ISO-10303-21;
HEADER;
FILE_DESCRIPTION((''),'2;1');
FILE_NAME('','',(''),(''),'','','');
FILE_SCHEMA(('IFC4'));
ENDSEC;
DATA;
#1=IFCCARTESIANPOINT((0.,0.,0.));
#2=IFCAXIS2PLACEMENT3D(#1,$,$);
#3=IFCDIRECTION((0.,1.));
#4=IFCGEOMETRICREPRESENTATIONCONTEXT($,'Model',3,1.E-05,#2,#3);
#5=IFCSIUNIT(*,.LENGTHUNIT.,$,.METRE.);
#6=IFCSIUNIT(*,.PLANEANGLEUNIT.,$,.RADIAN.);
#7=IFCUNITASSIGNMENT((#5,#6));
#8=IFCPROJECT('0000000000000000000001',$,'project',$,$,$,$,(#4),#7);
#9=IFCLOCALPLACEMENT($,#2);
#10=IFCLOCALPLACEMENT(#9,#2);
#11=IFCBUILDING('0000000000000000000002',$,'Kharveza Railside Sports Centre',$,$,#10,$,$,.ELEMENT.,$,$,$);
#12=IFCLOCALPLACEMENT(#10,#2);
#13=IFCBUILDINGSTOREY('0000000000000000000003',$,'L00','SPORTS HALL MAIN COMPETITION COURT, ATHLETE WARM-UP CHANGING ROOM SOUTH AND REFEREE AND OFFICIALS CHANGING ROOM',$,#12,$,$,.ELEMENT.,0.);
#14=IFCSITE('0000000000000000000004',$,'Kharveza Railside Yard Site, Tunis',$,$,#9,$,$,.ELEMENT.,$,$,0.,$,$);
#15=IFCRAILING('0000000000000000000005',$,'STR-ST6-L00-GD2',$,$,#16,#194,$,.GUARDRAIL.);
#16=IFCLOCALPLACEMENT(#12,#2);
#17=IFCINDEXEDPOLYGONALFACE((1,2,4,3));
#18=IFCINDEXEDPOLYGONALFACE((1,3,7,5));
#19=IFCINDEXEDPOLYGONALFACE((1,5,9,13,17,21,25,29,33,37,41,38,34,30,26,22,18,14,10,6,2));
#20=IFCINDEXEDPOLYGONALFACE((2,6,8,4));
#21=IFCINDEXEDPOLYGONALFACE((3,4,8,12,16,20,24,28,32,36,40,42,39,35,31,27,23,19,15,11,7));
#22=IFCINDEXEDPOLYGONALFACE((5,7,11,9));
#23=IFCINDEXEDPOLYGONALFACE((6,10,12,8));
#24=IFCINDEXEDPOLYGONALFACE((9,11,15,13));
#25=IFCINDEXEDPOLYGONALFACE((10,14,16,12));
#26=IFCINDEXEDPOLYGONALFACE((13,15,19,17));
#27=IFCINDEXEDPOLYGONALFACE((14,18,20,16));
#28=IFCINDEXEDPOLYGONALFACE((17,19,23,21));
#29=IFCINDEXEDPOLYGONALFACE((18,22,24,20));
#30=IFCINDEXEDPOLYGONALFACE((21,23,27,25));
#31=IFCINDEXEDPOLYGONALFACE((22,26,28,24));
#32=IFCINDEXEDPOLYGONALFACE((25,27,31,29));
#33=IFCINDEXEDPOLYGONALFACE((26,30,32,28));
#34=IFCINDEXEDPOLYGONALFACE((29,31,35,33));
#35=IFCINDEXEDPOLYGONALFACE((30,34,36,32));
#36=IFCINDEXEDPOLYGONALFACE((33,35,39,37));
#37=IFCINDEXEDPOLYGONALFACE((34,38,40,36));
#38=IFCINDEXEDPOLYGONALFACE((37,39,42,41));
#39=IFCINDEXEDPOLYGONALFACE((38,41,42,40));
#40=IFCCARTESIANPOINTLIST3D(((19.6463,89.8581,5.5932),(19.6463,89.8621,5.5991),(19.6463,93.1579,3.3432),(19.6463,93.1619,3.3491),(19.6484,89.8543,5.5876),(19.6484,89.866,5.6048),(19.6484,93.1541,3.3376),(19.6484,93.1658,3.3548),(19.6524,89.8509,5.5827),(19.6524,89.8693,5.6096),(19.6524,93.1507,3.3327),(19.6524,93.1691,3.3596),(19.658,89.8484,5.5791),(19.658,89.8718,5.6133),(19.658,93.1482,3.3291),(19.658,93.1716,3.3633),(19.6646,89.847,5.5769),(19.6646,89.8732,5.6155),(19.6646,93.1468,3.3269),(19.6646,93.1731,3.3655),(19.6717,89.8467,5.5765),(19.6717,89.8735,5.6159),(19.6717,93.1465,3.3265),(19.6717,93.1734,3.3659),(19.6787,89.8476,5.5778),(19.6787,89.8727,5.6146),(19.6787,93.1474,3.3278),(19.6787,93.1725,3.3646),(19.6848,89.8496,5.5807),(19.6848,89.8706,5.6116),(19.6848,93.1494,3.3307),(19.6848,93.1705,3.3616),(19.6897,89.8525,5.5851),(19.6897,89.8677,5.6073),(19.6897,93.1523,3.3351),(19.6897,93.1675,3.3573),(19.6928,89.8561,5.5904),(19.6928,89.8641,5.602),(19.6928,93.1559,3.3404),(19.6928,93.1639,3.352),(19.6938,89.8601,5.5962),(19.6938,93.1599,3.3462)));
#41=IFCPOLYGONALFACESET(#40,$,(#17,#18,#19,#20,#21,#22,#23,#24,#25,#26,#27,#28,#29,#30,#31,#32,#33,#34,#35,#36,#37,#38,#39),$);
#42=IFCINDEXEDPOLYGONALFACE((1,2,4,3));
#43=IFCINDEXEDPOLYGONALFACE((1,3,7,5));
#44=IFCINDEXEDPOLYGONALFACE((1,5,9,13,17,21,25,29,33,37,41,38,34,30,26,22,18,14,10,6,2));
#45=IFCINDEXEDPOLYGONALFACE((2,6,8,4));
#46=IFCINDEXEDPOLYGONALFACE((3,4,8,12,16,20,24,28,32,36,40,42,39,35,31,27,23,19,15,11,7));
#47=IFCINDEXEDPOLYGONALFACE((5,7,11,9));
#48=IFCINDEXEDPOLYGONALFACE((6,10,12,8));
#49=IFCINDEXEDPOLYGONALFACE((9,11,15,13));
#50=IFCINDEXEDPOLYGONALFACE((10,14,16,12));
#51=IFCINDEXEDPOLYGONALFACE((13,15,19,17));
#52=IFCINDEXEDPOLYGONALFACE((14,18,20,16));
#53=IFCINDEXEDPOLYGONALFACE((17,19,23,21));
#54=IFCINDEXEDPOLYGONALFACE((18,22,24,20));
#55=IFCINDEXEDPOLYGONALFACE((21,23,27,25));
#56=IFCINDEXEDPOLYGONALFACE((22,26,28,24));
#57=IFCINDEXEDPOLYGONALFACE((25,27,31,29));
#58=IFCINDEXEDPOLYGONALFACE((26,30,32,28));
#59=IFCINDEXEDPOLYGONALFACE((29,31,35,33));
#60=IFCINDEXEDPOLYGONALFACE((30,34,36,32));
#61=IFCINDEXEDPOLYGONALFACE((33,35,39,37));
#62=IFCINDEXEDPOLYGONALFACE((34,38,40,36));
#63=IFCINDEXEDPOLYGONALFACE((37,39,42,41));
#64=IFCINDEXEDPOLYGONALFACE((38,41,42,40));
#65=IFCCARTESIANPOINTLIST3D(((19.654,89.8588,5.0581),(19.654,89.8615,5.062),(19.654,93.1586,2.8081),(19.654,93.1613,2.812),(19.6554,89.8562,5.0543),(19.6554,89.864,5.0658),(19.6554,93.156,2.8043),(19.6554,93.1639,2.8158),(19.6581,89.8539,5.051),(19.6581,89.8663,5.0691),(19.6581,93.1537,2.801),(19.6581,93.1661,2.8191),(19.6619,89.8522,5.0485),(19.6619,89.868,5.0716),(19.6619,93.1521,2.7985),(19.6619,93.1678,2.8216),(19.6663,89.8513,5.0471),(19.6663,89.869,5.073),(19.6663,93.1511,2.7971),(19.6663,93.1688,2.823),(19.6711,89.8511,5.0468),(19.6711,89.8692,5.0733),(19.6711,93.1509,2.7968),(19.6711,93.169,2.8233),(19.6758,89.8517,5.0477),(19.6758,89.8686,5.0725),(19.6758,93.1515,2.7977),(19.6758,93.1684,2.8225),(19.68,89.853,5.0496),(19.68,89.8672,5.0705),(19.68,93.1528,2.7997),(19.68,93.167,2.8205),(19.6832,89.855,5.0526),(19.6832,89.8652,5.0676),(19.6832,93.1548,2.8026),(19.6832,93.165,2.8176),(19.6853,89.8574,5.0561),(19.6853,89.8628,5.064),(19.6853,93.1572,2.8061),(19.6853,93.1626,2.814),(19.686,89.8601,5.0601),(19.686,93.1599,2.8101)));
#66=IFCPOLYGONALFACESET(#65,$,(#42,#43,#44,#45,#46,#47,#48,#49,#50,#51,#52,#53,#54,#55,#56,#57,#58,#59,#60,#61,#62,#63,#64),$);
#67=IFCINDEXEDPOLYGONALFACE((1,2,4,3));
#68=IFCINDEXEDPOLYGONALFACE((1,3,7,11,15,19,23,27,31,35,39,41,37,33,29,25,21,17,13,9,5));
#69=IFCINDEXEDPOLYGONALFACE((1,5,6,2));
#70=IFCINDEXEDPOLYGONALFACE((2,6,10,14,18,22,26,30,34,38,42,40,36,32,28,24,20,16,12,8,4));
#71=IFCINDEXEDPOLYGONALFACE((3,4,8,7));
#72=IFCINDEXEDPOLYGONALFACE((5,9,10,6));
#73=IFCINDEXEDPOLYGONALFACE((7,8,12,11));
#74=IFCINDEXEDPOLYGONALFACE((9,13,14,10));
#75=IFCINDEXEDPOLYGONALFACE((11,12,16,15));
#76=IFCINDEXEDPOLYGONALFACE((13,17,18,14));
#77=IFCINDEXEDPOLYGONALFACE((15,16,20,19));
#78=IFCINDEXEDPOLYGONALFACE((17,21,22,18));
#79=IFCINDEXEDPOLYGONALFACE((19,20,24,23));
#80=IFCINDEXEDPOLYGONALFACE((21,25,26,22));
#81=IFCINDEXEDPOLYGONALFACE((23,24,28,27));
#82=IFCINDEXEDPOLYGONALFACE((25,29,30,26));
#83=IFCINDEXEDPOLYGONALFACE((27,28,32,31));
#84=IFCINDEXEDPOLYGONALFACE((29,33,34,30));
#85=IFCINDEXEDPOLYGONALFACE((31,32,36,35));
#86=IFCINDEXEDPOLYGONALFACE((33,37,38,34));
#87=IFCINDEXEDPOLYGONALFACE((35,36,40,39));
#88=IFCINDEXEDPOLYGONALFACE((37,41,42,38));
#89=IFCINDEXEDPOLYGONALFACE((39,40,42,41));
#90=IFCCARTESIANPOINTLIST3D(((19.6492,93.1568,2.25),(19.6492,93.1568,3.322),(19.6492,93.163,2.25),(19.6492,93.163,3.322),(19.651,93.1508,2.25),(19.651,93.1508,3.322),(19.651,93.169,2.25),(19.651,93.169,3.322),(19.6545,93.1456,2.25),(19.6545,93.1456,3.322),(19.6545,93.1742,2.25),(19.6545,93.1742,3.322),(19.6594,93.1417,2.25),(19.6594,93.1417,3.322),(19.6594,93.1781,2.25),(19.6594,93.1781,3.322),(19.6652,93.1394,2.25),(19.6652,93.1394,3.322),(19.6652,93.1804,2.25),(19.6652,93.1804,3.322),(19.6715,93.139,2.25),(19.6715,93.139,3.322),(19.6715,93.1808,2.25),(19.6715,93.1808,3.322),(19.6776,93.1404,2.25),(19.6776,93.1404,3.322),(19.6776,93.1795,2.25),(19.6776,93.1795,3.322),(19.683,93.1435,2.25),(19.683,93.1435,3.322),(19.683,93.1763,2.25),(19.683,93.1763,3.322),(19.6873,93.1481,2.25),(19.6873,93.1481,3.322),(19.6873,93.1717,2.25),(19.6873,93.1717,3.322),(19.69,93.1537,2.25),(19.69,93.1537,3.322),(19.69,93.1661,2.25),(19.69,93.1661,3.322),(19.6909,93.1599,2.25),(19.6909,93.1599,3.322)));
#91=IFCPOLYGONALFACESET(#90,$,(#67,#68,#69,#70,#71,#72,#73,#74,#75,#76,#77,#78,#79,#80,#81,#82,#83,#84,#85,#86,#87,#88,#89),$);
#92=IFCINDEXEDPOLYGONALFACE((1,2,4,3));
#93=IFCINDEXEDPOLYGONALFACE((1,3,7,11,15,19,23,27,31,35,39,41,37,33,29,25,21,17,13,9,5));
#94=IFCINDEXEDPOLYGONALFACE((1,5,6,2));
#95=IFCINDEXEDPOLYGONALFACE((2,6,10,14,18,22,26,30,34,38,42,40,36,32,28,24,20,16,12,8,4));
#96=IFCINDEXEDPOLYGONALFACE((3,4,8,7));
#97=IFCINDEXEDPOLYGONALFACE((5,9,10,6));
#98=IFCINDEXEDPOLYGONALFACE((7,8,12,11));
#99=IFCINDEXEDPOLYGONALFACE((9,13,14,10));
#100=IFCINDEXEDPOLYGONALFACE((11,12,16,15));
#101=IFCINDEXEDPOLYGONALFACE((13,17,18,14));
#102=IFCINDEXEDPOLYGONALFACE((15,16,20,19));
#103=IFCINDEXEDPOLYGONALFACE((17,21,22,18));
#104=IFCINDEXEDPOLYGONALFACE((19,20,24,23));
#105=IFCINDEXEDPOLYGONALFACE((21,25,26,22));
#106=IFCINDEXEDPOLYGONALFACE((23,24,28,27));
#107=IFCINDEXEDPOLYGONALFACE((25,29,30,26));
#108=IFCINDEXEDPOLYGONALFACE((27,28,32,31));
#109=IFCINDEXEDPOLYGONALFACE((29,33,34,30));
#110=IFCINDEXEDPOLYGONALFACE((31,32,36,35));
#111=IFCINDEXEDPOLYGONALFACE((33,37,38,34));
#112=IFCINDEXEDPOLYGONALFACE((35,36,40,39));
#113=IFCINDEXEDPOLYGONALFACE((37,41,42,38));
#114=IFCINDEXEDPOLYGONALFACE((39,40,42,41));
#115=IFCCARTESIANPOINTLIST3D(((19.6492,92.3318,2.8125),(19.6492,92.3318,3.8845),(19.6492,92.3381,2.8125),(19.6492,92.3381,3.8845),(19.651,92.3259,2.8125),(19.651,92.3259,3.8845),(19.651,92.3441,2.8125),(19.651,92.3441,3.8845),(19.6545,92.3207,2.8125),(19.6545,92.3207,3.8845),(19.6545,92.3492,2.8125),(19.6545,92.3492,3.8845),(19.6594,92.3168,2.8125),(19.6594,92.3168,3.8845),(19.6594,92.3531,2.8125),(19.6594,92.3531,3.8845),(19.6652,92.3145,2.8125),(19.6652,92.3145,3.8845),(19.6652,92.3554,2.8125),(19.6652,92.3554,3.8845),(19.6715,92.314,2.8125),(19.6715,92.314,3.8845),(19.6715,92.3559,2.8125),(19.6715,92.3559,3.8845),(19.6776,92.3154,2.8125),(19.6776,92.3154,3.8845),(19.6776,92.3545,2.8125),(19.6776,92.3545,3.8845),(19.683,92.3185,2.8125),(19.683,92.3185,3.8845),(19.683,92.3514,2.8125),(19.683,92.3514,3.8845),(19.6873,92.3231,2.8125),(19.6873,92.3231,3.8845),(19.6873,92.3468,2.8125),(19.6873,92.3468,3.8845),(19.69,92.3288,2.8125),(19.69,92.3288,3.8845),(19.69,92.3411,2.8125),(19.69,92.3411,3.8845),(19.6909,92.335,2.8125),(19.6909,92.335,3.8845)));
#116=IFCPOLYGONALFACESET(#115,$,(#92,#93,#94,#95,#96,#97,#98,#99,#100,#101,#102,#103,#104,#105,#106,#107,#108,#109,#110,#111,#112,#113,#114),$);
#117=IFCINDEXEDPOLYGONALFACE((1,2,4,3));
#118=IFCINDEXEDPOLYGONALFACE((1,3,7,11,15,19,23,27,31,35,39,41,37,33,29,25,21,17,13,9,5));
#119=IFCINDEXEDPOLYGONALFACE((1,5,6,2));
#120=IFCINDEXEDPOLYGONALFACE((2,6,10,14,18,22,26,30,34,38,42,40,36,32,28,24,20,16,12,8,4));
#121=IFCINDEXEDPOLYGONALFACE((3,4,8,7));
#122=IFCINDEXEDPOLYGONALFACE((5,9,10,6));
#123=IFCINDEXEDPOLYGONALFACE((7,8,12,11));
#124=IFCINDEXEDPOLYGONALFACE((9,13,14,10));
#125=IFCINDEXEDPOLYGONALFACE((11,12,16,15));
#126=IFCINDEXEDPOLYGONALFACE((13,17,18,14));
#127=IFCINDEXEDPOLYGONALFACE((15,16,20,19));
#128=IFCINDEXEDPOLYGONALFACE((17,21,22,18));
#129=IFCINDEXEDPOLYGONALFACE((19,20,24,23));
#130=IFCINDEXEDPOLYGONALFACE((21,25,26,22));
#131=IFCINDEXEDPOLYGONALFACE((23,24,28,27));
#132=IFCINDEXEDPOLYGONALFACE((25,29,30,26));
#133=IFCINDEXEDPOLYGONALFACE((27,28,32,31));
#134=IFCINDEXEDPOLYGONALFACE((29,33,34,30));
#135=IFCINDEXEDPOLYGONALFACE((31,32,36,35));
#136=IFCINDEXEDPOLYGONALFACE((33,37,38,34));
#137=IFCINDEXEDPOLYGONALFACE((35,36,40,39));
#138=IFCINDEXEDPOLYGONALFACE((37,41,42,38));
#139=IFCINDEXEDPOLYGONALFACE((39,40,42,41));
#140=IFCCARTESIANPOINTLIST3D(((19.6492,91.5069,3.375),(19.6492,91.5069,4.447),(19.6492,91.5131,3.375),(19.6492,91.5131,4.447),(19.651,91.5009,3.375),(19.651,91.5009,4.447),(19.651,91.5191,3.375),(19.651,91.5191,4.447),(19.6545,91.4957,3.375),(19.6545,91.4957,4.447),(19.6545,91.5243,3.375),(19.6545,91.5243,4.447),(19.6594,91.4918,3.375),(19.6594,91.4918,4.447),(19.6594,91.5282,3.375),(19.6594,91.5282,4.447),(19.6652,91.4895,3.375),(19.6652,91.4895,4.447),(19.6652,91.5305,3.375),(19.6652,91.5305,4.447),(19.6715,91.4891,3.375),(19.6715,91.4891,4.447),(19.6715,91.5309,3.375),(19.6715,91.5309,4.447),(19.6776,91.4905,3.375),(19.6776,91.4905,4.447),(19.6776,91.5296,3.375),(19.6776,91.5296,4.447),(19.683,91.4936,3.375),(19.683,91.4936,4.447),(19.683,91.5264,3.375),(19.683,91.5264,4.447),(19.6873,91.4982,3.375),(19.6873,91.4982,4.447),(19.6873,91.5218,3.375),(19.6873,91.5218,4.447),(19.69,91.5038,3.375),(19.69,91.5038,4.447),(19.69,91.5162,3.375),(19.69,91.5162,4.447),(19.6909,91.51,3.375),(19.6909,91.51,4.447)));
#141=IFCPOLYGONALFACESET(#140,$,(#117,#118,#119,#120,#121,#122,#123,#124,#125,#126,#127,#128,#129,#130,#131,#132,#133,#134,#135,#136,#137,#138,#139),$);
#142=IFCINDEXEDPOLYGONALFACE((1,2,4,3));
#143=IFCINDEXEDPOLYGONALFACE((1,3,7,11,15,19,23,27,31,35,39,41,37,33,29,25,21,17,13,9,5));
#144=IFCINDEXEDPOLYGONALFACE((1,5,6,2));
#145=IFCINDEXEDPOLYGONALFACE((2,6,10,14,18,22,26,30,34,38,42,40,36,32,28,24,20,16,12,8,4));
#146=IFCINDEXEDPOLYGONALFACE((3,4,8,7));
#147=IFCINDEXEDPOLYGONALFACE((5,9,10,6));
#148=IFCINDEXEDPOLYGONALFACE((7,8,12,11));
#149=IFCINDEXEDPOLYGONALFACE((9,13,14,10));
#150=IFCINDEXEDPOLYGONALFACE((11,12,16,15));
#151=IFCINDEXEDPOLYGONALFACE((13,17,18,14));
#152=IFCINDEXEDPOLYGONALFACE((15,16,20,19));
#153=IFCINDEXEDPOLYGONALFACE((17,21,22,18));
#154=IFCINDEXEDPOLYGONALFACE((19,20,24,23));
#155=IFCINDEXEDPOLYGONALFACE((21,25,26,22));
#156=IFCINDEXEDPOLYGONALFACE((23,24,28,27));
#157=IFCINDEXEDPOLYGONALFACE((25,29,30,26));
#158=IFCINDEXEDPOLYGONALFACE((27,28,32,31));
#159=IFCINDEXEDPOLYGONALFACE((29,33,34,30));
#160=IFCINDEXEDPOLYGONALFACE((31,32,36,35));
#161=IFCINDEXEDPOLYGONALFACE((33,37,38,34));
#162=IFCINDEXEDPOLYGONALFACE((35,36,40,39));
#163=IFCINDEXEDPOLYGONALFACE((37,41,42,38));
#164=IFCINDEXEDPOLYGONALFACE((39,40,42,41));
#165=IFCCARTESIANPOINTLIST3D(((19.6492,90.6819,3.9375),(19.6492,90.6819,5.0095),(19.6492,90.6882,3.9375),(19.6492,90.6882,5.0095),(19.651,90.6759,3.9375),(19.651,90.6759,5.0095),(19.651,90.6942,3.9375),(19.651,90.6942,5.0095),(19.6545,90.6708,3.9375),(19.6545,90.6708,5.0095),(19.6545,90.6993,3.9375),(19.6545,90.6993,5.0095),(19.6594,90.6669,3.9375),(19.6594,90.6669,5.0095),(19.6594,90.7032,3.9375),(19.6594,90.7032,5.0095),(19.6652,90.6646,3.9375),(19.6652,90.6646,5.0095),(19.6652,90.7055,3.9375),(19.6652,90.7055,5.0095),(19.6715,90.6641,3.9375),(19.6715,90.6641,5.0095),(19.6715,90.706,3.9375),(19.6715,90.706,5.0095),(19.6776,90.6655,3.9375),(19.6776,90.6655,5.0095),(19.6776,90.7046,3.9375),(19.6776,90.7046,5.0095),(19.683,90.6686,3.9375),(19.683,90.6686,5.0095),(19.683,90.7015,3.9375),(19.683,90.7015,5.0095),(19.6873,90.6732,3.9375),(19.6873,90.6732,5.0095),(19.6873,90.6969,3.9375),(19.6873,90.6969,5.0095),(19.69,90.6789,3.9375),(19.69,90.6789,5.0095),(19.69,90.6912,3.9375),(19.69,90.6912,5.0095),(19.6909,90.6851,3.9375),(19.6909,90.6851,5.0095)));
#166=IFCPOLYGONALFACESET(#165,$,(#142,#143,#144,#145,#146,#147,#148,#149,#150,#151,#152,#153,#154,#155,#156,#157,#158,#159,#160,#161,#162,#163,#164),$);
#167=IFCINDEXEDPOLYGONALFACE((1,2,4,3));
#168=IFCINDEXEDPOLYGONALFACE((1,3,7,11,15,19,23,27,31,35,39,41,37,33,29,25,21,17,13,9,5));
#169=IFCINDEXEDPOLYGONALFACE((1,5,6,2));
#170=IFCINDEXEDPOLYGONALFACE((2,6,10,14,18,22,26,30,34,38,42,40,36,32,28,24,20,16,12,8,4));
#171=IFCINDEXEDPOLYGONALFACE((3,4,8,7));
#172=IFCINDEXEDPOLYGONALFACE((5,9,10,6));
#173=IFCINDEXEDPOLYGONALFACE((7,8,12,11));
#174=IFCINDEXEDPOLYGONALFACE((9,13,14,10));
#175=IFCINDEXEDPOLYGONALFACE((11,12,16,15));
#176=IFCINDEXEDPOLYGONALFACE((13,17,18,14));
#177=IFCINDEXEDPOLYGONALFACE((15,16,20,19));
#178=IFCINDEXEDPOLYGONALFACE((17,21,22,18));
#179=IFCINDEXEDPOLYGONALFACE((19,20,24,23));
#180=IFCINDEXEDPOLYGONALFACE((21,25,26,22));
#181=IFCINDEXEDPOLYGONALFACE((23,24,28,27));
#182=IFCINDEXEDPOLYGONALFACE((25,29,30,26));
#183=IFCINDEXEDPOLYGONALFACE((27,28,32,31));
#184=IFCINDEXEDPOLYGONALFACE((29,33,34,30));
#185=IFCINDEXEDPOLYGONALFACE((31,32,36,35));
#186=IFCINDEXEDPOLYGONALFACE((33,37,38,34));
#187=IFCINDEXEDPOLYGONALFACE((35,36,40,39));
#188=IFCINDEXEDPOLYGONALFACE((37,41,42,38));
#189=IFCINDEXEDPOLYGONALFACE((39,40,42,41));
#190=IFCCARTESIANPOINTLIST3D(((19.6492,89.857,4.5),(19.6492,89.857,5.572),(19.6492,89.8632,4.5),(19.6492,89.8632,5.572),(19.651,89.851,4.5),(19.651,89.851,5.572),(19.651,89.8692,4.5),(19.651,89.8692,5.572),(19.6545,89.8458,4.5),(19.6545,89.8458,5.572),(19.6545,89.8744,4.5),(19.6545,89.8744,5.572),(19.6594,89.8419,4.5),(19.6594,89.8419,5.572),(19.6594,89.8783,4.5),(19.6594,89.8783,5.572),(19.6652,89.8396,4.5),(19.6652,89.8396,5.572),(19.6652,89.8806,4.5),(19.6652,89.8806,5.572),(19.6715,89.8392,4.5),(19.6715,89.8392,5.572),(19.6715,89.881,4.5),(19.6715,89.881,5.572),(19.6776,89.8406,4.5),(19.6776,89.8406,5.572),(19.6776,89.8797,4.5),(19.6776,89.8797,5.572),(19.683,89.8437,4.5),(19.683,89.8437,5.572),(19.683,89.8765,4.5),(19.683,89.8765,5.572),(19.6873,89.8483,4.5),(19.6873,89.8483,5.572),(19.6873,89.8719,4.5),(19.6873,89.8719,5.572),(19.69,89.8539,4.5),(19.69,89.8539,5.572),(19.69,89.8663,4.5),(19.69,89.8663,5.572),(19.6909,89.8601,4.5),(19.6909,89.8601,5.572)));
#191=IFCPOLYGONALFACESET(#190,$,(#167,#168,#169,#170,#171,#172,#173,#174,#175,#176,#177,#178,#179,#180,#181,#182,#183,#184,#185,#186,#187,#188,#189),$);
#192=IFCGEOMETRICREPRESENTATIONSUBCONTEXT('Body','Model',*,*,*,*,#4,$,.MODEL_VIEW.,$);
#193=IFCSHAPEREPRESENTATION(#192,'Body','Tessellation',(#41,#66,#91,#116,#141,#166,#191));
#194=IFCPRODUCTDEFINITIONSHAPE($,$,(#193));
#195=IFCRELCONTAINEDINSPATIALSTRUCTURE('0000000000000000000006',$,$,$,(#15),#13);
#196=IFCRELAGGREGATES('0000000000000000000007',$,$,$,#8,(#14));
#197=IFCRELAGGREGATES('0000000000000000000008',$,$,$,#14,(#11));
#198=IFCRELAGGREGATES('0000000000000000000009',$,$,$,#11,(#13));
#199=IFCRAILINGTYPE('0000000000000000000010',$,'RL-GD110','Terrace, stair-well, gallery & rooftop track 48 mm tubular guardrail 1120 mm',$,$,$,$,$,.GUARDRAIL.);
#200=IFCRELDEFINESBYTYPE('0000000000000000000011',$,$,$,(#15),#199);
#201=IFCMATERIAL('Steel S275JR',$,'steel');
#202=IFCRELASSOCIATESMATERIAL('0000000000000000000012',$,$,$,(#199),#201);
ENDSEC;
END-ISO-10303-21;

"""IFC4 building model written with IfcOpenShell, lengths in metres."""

from ifc_helpers import new_model, si_unit, direction, frame, origin, origin_2d, place, context, subcontext, project, spatial, circle, extrude, material, type_object, element, save


model = new_model("IFC4")

# Units and contexts
model_context = context("Model", 3, precision=1e-05, world=origin(), true_north=direction((0.0, 1.0)))
body_context = subcontext(model_context, "Body", "Model", "MODEL_VIEW")
ifc_project = project(units=[si_unit("LENGTHUNIT", "METRE"), si_unit("PLANEANGLEUNIT", "RADIAN")], contexts=[model_context])

# Site, building, storey
site_placement = place(None, origin())
site = spatial("IfcSite", under=ifc_project, at=site_placement, Name="Kharveza Railside Yard Site, Tunis", CompositionType="ELEMENT", RefElevation=0.0)
building_placement = place(site_placement, origin())
building = spatial("IfcBuilding", under=site, at=building_placement, Name="Kharveza Railside Sports Centre", CompositionType="ELEMENT")
storey_placement = place(building_placement, origin())
storey = spatial("IfcBuildingStorey", under=building, at=storey_placement, Name="L00", Description="SPORTS HALL MAIN COMPETITION COURT, ATHLETE WARM-UP CHANGING ROOM SOUTH AND REFEREE AND OFFICIALS CHANGING ROOM", CompositionType="ELEMENT", Elevation=0.0)

# Railing
ifc_material_1 = material(Name="Steel S275JR", Category="steel")
railing_type_1 = type_object("IfcRailingType", Name="RL-GD110", Description="Terrace, stair-well, gallery & rooftop track 48 mm tubular guardrail 1120 mm", PredefinedType="GUARDRAIL", material=ifc_material_1)
railing_1_placement = place(storey_placement, frame((19.6699, 93.1599, 2.25)))
element("IfcRailing", 1, at=railing_1_placement, inside=storey, type_object=railing_type_1, Name="STR-ST6-L00-GD2", PredefinedType="GUARDRAIL", context=body_context, shape_type="SweptSolid", body=[
    extrude(circle(Radius=0.0239, at=origin_2d()), frame((0.0, 0.0, 1.0962), z_axis=(0.0, -0.826212, 0.56336), x_axis=(1.0, 0.0, 0.0)), (0.0, 0.0, 1.0), 3.9939),
    extrude(circle(Radius=0.0161, at=origin_2d()), frame((0.0, 0.0, 0.5601), z_axis=(0.0, -0.826212, 0.56336), x_axis=(1.0, 0.0, 0.0)), (0.0, 0.0, 1.0), 3.9939),
    extrude(circle(Radius=0.021, at=origin_2d()), origin(), (0.0, 0.0, 1.0), 1.072),
    extrude(circle(Radius=0.021, at=origin_2d()), frame((0.0, -0.825, 0.5625)), (0.0, 0.0, 1.0), 1.072),
    extrude(circle(Radius=0.021, at=origin_2d()), frame((0.0, -1.6499, 1.125)), (0.0, 0.0, 1.0), 1.072),
    extrude(circle(Radius=0.021, at=origin_2d()), frame((0.0, -2.4749, 1.6875)), (0.0, 0.0, 1.0), 1.072),
    extrude(circle(Radius=0.021, at=origin_2d()), frame((0.0, -3.2998, 2.25)), (0.0, 0.0, 1.0), 1.072),
])

save(model, "model.ifc")
